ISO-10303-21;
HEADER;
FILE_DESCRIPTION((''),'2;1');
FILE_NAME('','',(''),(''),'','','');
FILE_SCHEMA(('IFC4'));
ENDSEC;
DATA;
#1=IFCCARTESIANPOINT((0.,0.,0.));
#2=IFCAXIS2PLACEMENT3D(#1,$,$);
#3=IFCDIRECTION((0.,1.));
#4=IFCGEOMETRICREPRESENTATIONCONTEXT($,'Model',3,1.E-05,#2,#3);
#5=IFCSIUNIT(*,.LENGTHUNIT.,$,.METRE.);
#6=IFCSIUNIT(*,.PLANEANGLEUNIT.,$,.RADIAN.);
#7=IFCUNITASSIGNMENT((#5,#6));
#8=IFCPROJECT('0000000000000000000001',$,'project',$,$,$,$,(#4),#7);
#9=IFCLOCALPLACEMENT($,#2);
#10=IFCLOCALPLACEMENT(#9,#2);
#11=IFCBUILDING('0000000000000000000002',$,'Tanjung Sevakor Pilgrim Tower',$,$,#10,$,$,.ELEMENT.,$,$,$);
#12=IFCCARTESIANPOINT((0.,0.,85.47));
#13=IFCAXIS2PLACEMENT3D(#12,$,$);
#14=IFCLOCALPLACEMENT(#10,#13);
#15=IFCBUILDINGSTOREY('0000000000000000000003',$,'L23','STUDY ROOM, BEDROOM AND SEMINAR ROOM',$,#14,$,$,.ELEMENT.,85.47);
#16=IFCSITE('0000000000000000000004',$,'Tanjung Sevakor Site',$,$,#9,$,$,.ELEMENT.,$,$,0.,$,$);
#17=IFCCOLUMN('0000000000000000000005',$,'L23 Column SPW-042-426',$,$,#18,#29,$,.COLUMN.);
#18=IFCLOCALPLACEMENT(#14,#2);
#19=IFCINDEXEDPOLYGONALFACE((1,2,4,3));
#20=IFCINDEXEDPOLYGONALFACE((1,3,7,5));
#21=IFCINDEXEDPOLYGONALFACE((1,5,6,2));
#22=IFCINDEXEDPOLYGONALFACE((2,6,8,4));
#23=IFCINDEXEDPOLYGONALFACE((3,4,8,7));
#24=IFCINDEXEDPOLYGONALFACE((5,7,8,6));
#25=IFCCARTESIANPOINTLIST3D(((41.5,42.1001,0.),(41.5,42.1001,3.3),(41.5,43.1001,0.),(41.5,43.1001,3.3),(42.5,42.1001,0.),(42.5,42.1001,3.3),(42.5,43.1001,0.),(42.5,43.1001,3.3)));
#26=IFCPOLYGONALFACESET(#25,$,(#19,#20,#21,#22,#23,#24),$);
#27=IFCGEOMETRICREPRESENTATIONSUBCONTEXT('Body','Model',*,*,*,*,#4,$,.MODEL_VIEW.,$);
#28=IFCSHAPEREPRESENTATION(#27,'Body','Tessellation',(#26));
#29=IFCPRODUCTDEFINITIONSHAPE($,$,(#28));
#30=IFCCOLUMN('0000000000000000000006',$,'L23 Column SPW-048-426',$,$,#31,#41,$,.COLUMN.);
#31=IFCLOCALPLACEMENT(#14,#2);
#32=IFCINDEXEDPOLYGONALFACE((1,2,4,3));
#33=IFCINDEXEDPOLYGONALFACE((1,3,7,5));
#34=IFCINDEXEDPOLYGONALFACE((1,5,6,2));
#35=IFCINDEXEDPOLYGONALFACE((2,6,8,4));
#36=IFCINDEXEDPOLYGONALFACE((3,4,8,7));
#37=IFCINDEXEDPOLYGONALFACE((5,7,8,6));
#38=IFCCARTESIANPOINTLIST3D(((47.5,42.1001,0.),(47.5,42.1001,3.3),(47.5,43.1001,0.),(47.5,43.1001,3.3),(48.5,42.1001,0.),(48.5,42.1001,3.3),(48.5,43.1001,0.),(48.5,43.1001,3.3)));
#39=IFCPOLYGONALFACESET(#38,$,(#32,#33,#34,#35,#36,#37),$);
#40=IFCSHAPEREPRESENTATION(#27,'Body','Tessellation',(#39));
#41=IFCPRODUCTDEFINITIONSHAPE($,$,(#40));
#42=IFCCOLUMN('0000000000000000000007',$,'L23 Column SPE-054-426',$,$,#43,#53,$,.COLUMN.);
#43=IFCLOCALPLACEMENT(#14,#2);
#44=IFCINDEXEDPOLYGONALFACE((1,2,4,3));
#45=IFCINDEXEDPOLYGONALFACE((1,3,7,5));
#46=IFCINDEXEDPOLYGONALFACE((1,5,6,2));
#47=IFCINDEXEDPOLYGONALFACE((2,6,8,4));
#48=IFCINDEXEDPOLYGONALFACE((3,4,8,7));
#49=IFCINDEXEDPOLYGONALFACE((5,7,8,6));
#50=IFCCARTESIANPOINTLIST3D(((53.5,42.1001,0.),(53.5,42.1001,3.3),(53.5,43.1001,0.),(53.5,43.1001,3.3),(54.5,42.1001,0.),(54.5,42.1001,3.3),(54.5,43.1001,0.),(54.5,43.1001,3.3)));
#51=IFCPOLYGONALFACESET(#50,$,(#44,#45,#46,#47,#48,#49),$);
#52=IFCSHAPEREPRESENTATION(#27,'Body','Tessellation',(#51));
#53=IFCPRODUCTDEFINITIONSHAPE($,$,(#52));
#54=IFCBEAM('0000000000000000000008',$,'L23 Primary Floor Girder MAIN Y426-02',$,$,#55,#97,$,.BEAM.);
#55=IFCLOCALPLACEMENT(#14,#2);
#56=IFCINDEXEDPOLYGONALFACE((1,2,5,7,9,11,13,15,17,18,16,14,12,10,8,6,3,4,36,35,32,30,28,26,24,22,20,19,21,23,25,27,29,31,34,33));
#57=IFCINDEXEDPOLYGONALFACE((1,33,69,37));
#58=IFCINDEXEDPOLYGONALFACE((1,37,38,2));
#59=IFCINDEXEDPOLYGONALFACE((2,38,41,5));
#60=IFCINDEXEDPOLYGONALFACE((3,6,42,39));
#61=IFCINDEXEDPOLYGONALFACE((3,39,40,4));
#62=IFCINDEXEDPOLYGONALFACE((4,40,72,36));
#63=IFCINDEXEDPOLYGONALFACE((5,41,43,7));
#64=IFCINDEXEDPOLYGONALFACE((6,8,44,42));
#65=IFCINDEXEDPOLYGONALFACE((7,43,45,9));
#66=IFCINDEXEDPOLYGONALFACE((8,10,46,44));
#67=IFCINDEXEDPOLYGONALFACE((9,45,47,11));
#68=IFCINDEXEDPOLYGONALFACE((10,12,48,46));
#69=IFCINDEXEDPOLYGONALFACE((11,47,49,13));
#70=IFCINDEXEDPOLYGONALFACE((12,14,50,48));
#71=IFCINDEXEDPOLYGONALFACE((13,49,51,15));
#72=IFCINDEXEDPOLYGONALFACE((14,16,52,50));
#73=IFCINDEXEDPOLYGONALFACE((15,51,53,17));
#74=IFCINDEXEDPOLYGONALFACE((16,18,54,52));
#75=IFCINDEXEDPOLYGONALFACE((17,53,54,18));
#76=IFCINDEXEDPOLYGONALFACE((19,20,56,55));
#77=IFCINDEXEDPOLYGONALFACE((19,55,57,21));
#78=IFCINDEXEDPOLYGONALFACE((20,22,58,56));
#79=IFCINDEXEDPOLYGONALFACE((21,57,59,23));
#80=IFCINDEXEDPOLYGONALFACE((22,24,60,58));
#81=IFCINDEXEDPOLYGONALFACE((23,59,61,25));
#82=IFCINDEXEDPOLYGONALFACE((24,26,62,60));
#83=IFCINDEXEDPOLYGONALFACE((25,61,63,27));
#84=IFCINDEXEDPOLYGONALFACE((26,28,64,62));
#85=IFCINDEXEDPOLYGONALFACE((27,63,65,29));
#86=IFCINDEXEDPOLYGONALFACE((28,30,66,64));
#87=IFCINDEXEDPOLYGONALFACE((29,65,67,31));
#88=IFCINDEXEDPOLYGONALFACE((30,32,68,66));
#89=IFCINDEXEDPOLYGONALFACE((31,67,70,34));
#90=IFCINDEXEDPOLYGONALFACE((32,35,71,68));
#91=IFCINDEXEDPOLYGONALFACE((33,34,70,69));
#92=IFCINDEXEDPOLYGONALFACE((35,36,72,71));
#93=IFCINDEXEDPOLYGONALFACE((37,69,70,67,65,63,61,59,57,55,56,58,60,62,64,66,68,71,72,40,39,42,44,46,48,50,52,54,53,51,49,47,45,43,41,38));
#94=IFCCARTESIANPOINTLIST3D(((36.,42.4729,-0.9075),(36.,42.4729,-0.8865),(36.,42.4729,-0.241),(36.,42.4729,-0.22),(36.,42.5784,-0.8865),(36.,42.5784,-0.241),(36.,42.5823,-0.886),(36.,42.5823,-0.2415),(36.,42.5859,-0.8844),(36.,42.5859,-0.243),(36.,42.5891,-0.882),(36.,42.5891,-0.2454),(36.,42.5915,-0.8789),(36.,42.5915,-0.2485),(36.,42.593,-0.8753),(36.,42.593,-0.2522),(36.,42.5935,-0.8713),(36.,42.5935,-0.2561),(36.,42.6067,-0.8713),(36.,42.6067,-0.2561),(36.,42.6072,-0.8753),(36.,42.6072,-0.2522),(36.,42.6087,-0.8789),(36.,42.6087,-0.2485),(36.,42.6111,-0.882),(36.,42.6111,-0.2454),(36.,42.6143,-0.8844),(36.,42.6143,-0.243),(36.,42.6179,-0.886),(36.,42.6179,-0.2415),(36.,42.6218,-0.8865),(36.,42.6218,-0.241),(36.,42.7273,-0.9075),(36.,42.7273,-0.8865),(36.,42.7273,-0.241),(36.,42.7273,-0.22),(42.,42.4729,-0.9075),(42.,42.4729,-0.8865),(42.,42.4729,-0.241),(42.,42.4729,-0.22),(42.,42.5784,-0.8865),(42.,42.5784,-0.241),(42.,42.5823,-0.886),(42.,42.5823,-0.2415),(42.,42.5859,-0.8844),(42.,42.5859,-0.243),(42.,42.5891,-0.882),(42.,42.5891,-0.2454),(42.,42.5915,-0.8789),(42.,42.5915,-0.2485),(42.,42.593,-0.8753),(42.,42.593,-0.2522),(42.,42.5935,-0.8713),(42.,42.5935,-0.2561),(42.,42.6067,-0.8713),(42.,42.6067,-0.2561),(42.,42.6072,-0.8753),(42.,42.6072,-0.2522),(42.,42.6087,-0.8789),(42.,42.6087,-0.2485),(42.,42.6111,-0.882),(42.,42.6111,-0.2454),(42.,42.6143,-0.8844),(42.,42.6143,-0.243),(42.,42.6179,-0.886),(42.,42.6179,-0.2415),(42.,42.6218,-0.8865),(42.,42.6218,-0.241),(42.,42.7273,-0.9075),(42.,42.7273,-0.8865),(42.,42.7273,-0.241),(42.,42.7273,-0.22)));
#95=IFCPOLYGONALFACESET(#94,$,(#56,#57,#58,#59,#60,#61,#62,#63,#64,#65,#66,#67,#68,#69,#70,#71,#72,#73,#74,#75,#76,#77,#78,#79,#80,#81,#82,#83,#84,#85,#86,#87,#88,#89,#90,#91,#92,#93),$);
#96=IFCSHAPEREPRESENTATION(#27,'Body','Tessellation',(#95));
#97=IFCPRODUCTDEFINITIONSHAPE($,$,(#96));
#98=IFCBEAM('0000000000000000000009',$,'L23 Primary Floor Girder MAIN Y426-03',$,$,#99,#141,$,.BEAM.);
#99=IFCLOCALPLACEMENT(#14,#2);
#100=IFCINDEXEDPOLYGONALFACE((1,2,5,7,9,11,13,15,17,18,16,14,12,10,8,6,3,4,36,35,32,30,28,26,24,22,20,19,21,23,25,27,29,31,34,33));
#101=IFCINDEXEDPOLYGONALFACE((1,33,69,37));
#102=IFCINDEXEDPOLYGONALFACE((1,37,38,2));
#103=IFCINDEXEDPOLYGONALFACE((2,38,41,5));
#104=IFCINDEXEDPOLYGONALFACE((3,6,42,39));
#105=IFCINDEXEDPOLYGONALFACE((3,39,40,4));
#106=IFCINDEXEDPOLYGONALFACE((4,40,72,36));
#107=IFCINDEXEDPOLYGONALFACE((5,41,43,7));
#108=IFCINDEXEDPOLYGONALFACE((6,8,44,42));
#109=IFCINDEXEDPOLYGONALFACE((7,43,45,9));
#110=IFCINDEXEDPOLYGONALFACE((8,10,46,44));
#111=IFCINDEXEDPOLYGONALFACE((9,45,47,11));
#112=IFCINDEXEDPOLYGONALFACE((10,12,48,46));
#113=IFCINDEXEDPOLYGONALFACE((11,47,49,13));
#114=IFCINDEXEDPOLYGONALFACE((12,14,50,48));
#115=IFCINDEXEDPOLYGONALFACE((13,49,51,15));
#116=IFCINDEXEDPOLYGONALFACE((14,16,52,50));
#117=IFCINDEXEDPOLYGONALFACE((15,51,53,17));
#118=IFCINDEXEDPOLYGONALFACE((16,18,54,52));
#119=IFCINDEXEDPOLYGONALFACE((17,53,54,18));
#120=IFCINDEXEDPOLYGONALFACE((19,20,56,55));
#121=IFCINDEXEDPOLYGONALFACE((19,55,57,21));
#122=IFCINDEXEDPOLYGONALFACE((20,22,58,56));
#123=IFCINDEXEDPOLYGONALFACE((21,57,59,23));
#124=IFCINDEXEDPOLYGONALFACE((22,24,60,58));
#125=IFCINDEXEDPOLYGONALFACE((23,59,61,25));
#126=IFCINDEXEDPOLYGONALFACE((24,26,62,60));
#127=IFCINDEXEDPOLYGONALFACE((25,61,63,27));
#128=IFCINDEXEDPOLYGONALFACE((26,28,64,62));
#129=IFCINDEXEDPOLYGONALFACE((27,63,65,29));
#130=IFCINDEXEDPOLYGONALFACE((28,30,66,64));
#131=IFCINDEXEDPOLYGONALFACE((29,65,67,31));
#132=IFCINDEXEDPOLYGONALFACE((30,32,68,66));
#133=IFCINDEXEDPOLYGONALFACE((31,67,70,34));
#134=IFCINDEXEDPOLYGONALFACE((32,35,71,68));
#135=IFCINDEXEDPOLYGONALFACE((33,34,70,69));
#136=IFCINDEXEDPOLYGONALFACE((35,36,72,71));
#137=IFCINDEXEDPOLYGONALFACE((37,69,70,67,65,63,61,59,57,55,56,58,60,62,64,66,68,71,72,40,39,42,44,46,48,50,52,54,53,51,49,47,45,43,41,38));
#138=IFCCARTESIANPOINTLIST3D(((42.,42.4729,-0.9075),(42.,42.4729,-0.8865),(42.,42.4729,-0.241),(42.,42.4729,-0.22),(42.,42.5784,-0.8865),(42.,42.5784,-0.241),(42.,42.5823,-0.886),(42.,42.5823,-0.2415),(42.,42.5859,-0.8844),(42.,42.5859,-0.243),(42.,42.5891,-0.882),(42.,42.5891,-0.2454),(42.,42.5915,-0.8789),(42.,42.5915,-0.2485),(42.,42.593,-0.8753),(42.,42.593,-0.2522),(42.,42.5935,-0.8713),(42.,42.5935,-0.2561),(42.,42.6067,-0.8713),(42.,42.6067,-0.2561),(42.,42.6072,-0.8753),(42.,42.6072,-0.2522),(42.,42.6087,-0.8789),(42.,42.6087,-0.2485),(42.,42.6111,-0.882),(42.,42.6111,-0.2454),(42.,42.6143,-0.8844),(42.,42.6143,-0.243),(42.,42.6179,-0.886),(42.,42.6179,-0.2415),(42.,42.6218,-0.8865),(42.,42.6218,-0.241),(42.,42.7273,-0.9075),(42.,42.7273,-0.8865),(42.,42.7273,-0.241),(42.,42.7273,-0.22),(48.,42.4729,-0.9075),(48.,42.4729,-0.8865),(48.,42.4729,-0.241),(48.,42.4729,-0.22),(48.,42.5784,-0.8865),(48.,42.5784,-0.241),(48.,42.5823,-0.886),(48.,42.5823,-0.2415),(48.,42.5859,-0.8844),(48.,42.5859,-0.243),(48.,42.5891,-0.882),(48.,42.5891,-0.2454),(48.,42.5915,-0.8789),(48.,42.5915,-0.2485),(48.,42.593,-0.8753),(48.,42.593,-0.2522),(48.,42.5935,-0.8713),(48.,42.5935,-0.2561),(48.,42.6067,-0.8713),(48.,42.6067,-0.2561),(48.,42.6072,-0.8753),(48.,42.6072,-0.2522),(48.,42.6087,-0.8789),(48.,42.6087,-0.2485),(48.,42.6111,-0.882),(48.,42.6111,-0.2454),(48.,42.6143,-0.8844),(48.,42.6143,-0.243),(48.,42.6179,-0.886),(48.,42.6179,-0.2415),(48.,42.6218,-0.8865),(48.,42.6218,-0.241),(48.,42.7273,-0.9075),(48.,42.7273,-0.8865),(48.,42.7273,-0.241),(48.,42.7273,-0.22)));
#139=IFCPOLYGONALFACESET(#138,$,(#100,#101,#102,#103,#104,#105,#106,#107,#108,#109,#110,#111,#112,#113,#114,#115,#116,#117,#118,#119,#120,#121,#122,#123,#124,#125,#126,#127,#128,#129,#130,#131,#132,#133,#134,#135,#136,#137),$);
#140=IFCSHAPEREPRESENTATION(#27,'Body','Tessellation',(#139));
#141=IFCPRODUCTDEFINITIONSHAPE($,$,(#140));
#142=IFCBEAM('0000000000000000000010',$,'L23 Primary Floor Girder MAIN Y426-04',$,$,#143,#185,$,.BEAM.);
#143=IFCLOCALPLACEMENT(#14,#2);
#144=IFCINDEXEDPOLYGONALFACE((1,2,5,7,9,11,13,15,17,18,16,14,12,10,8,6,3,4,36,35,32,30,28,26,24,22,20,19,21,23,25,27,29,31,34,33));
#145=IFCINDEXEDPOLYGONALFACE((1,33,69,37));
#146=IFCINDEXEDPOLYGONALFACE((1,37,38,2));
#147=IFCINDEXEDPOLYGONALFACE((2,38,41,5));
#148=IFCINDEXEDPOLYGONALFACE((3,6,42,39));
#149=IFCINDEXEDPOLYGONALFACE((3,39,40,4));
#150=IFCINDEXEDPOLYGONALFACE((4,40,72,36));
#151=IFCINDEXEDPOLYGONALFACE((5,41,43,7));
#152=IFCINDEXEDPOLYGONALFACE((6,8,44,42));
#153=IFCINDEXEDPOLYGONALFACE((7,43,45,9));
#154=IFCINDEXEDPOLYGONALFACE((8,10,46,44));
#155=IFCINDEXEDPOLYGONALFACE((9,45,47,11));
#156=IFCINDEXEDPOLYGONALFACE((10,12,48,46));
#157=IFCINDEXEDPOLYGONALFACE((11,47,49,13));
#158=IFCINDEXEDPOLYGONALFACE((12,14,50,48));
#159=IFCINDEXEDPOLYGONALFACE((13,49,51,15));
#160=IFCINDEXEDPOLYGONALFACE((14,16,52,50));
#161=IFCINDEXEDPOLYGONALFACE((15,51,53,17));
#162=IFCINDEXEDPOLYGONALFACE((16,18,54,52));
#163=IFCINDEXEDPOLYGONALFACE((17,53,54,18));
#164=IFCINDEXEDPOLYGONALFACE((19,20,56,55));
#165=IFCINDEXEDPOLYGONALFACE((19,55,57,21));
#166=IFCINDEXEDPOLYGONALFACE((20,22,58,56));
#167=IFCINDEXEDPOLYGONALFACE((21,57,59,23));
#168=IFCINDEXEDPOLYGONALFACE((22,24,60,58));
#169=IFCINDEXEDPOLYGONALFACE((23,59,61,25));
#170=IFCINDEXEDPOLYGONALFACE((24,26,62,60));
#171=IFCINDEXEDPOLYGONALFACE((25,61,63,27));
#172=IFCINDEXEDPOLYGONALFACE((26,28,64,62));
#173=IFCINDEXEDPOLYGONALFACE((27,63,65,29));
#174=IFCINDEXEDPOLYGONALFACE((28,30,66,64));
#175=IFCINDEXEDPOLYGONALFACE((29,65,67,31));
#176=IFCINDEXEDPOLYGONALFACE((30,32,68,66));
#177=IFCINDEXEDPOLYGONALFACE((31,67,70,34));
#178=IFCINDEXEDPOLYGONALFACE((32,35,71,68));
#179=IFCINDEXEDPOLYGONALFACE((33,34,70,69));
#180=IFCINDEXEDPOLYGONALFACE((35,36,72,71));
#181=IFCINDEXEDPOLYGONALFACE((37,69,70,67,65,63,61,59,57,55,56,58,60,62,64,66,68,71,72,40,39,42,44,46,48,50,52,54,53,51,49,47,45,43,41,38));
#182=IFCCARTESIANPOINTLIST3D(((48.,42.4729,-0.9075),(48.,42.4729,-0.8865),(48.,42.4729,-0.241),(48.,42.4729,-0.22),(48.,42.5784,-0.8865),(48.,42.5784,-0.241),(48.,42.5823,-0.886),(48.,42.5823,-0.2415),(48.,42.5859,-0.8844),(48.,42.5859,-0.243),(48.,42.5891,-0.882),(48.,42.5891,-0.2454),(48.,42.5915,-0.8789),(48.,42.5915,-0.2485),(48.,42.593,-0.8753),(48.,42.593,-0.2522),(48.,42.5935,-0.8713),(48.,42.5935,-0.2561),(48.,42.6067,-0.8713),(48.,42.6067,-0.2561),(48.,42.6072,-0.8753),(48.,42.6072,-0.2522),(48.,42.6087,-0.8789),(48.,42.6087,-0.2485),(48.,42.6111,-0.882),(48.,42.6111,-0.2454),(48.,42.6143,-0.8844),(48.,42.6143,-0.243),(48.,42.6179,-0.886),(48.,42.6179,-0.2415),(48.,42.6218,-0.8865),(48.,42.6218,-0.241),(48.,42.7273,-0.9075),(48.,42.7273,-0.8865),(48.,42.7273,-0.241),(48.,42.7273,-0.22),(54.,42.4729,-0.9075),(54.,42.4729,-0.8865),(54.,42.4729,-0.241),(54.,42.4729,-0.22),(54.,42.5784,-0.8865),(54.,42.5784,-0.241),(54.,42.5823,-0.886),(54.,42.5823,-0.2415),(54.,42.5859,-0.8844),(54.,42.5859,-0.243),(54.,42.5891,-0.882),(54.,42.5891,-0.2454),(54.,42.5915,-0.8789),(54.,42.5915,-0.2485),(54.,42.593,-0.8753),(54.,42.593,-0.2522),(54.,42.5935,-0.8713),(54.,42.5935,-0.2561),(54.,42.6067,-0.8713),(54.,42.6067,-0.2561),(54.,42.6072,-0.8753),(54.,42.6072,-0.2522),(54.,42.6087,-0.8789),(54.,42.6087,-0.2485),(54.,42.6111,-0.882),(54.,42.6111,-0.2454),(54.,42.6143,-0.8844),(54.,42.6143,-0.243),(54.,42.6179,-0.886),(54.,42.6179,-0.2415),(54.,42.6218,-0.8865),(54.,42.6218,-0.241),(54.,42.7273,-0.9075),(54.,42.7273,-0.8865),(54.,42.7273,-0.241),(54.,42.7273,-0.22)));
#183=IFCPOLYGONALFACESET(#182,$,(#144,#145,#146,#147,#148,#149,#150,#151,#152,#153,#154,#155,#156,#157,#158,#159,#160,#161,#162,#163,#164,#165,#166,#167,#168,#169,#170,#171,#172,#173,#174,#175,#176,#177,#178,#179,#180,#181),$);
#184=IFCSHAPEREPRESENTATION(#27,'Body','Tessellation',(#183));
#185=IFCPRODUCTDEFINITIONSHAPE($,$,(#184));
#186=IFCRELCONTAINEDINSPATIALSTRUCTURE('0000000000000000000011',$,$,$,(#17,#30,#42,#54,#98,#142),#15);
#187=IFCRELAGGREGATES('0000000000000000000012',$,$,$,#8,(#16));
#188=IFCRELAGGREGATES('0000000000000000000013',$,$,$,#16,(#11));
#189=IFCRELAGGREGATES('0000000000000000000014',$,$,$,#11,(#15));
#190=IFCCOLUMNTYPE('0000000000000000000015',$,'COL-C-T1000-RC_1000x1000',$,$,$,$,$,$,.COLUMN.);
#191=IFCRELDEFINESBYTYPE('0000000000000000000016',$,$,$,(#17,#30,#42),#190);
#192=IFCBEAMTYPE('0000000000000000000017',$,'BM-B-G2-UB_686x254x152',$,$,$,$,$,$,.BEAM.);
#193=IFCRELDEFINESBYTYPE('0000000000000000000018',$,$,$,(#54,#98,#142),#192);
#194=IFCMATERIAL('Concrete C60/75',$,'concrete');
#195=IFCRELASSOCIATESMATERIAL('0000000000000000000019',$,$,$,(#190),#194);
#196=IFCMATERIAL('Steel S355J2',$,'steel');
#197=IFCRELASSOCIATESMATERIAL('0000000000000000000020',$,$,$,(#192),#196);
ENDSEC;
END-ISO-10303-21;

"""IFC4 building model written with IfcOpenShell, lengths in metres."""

from ifc_helpers import new_model, si_unit, direction, frame, origin, origin_2d, place, context, subcontext, project, spatial, rectangle, i_section, extrude, material, material_profile, profile_set, type_object, element, save


model = new_model("IFC4")

# Units and contexts
model_context = context("Model", 3, precision=1e-05, world=origin(), true_north=direction((0.0, 1.0)))
body_context = subcontext(model_context, "Body", "Model", "MODEL_VIEW")
ifc_project = project(units=[si_unit("LENGTHUNIT", "METRE"), si_unit("PLANEANGLEUNIT", "RADIAN")], contexts=[model_context])

# Site, building, storey
site_placement = place(None, origin())
site = spatial("IfcSite", under=ifc_project, at=site_placement, Name="Tanjung Sevakor Site", CompositionType="ELEMENT", RefElevation=0.0)
building_placement = place(site_placement, origin())
building = spatial("IfcBuilding", under=site, at=building_placement, Name="Tanjung Sevakor Pilgrim Tower", CompositionType="ELEMENT")
storey_placement = place(building_placement, frame((0.0, 0.0, 85.47)))
storey = spatial("IfcBuildingStorey", under=building, at=storey_placement, Name="L23", Description="STUDY ROOM, BEDROOM AND SEMINAR ROOM", CompositionType="ELEMENT", Elevation=85.47)

# Columns
ifc_material_1 = material(Name="Concrete C60/75", Category="concrete")
ifc_material_profile_1 = material_profile(ifc_material_1, rectangle(XDim=1.0, YDim=1.0, at=origin_2d()))
ifc_profile_set_1 = profile_set([ifc_material_profile_1], Name="Concrete C60/75")
column_type = type_object("IfcColumnType", Name="COL-C-T1000-RC_1000x1000", PredefinedType="COLUMN", material=ifc_profile_set_1)
for number, where, z_axis, x_axis, name in (
    (1, (42.0, 42.6001, 0.0), (0.0, 0.0, 1.0), (1.0, 0.0, 0.0), "L23 Column SPW-042-426"),
    (2, (48.0, 42.6001, 0.0), (0.0, 0.0, 1.0), (1.0, 0.0, 0.0), "L23 Column SPW-048-426"),
    (3, (54.0, 42.6001, 0.0), (0.0, 0.0, 1.0), (1.0, 0.0, 0.0), "L23 Column SPE-054-426"),
):
    element("IfcColumn", number, at=place(storey_placement, frame(where, z_axis=z_axis, x_axis=x_axis)), inside=storey, type_object=column_type, Name=name, PredefinedType="COLUMN", context=body_context, shape_type="SweptSolid", body=[
        extrude(rectangle(XDim=1.0, YDim=1.0, at=origin_2d()), origin(), (0.0, 0.0, 1.0), 3.3),
    ])

# Beams
ifc_material_2 = material(Name="Steel S355J2", Category="steel")
ifc_material_profile_2 = material_profile(ifc_material_2, i_section(OverallWidth=0.2544, OverallDepth=0.6875, WebThickness=0.0132, FlangeThickness=0.021, FilletRadius=0.0151, at=origin_2d()))
ifc_profile_set_2 = profile_set([ifc_material_profile_2], Name="Steel S355J2")
beam_type_1 = type_object("IfcBeamType", Name="BM-B-G2-UB_686x254x152", PredefinedType="BEAM", material=ifc_profile_set_2)
for number, where, z_axis, x_axis, name in (
    (4, (36.0, 42.6001, -0.5637), (1.0, 0.0, 0.0), (0.0, 1.0, 0.0), "L23 Primary Floor Girder MAIN Y426-02"),
    (5, (42.0, 42.6001, -0.5637), (1.0, 0.0, 0.0), (0.0, 1.0, 0.0), "L23 Primary Floor Girder MAIN Y426-03"),
    (6, (48.0, 42.6001, -0.5637), (1.0, 0.0, 0.0), (0.0, 1.0, 0.0), "L23 Primary Floor Girder MAIN Y426-04"),
):
    element("IfcBeam", number, at=place(storey_placement, frame(where, z_axis=z_axis, x_axis=x_axis)), inside=storey, type_object=beam_type_1, Name=name, PredefinedType="BEAM", context=body_context, shape_type="SweptSolid", body=[
        extrude(i_section(OverallWidth=0.2544, OverallDepth=0.6875, WebThickness=0.0132, FlangeThickness=0.021, FilletRadius=0.0151, at=origin_2d()), origin(), (0.0, 0.0, 1.0), 6.0),
    ])

save(model, "model.ifc")
